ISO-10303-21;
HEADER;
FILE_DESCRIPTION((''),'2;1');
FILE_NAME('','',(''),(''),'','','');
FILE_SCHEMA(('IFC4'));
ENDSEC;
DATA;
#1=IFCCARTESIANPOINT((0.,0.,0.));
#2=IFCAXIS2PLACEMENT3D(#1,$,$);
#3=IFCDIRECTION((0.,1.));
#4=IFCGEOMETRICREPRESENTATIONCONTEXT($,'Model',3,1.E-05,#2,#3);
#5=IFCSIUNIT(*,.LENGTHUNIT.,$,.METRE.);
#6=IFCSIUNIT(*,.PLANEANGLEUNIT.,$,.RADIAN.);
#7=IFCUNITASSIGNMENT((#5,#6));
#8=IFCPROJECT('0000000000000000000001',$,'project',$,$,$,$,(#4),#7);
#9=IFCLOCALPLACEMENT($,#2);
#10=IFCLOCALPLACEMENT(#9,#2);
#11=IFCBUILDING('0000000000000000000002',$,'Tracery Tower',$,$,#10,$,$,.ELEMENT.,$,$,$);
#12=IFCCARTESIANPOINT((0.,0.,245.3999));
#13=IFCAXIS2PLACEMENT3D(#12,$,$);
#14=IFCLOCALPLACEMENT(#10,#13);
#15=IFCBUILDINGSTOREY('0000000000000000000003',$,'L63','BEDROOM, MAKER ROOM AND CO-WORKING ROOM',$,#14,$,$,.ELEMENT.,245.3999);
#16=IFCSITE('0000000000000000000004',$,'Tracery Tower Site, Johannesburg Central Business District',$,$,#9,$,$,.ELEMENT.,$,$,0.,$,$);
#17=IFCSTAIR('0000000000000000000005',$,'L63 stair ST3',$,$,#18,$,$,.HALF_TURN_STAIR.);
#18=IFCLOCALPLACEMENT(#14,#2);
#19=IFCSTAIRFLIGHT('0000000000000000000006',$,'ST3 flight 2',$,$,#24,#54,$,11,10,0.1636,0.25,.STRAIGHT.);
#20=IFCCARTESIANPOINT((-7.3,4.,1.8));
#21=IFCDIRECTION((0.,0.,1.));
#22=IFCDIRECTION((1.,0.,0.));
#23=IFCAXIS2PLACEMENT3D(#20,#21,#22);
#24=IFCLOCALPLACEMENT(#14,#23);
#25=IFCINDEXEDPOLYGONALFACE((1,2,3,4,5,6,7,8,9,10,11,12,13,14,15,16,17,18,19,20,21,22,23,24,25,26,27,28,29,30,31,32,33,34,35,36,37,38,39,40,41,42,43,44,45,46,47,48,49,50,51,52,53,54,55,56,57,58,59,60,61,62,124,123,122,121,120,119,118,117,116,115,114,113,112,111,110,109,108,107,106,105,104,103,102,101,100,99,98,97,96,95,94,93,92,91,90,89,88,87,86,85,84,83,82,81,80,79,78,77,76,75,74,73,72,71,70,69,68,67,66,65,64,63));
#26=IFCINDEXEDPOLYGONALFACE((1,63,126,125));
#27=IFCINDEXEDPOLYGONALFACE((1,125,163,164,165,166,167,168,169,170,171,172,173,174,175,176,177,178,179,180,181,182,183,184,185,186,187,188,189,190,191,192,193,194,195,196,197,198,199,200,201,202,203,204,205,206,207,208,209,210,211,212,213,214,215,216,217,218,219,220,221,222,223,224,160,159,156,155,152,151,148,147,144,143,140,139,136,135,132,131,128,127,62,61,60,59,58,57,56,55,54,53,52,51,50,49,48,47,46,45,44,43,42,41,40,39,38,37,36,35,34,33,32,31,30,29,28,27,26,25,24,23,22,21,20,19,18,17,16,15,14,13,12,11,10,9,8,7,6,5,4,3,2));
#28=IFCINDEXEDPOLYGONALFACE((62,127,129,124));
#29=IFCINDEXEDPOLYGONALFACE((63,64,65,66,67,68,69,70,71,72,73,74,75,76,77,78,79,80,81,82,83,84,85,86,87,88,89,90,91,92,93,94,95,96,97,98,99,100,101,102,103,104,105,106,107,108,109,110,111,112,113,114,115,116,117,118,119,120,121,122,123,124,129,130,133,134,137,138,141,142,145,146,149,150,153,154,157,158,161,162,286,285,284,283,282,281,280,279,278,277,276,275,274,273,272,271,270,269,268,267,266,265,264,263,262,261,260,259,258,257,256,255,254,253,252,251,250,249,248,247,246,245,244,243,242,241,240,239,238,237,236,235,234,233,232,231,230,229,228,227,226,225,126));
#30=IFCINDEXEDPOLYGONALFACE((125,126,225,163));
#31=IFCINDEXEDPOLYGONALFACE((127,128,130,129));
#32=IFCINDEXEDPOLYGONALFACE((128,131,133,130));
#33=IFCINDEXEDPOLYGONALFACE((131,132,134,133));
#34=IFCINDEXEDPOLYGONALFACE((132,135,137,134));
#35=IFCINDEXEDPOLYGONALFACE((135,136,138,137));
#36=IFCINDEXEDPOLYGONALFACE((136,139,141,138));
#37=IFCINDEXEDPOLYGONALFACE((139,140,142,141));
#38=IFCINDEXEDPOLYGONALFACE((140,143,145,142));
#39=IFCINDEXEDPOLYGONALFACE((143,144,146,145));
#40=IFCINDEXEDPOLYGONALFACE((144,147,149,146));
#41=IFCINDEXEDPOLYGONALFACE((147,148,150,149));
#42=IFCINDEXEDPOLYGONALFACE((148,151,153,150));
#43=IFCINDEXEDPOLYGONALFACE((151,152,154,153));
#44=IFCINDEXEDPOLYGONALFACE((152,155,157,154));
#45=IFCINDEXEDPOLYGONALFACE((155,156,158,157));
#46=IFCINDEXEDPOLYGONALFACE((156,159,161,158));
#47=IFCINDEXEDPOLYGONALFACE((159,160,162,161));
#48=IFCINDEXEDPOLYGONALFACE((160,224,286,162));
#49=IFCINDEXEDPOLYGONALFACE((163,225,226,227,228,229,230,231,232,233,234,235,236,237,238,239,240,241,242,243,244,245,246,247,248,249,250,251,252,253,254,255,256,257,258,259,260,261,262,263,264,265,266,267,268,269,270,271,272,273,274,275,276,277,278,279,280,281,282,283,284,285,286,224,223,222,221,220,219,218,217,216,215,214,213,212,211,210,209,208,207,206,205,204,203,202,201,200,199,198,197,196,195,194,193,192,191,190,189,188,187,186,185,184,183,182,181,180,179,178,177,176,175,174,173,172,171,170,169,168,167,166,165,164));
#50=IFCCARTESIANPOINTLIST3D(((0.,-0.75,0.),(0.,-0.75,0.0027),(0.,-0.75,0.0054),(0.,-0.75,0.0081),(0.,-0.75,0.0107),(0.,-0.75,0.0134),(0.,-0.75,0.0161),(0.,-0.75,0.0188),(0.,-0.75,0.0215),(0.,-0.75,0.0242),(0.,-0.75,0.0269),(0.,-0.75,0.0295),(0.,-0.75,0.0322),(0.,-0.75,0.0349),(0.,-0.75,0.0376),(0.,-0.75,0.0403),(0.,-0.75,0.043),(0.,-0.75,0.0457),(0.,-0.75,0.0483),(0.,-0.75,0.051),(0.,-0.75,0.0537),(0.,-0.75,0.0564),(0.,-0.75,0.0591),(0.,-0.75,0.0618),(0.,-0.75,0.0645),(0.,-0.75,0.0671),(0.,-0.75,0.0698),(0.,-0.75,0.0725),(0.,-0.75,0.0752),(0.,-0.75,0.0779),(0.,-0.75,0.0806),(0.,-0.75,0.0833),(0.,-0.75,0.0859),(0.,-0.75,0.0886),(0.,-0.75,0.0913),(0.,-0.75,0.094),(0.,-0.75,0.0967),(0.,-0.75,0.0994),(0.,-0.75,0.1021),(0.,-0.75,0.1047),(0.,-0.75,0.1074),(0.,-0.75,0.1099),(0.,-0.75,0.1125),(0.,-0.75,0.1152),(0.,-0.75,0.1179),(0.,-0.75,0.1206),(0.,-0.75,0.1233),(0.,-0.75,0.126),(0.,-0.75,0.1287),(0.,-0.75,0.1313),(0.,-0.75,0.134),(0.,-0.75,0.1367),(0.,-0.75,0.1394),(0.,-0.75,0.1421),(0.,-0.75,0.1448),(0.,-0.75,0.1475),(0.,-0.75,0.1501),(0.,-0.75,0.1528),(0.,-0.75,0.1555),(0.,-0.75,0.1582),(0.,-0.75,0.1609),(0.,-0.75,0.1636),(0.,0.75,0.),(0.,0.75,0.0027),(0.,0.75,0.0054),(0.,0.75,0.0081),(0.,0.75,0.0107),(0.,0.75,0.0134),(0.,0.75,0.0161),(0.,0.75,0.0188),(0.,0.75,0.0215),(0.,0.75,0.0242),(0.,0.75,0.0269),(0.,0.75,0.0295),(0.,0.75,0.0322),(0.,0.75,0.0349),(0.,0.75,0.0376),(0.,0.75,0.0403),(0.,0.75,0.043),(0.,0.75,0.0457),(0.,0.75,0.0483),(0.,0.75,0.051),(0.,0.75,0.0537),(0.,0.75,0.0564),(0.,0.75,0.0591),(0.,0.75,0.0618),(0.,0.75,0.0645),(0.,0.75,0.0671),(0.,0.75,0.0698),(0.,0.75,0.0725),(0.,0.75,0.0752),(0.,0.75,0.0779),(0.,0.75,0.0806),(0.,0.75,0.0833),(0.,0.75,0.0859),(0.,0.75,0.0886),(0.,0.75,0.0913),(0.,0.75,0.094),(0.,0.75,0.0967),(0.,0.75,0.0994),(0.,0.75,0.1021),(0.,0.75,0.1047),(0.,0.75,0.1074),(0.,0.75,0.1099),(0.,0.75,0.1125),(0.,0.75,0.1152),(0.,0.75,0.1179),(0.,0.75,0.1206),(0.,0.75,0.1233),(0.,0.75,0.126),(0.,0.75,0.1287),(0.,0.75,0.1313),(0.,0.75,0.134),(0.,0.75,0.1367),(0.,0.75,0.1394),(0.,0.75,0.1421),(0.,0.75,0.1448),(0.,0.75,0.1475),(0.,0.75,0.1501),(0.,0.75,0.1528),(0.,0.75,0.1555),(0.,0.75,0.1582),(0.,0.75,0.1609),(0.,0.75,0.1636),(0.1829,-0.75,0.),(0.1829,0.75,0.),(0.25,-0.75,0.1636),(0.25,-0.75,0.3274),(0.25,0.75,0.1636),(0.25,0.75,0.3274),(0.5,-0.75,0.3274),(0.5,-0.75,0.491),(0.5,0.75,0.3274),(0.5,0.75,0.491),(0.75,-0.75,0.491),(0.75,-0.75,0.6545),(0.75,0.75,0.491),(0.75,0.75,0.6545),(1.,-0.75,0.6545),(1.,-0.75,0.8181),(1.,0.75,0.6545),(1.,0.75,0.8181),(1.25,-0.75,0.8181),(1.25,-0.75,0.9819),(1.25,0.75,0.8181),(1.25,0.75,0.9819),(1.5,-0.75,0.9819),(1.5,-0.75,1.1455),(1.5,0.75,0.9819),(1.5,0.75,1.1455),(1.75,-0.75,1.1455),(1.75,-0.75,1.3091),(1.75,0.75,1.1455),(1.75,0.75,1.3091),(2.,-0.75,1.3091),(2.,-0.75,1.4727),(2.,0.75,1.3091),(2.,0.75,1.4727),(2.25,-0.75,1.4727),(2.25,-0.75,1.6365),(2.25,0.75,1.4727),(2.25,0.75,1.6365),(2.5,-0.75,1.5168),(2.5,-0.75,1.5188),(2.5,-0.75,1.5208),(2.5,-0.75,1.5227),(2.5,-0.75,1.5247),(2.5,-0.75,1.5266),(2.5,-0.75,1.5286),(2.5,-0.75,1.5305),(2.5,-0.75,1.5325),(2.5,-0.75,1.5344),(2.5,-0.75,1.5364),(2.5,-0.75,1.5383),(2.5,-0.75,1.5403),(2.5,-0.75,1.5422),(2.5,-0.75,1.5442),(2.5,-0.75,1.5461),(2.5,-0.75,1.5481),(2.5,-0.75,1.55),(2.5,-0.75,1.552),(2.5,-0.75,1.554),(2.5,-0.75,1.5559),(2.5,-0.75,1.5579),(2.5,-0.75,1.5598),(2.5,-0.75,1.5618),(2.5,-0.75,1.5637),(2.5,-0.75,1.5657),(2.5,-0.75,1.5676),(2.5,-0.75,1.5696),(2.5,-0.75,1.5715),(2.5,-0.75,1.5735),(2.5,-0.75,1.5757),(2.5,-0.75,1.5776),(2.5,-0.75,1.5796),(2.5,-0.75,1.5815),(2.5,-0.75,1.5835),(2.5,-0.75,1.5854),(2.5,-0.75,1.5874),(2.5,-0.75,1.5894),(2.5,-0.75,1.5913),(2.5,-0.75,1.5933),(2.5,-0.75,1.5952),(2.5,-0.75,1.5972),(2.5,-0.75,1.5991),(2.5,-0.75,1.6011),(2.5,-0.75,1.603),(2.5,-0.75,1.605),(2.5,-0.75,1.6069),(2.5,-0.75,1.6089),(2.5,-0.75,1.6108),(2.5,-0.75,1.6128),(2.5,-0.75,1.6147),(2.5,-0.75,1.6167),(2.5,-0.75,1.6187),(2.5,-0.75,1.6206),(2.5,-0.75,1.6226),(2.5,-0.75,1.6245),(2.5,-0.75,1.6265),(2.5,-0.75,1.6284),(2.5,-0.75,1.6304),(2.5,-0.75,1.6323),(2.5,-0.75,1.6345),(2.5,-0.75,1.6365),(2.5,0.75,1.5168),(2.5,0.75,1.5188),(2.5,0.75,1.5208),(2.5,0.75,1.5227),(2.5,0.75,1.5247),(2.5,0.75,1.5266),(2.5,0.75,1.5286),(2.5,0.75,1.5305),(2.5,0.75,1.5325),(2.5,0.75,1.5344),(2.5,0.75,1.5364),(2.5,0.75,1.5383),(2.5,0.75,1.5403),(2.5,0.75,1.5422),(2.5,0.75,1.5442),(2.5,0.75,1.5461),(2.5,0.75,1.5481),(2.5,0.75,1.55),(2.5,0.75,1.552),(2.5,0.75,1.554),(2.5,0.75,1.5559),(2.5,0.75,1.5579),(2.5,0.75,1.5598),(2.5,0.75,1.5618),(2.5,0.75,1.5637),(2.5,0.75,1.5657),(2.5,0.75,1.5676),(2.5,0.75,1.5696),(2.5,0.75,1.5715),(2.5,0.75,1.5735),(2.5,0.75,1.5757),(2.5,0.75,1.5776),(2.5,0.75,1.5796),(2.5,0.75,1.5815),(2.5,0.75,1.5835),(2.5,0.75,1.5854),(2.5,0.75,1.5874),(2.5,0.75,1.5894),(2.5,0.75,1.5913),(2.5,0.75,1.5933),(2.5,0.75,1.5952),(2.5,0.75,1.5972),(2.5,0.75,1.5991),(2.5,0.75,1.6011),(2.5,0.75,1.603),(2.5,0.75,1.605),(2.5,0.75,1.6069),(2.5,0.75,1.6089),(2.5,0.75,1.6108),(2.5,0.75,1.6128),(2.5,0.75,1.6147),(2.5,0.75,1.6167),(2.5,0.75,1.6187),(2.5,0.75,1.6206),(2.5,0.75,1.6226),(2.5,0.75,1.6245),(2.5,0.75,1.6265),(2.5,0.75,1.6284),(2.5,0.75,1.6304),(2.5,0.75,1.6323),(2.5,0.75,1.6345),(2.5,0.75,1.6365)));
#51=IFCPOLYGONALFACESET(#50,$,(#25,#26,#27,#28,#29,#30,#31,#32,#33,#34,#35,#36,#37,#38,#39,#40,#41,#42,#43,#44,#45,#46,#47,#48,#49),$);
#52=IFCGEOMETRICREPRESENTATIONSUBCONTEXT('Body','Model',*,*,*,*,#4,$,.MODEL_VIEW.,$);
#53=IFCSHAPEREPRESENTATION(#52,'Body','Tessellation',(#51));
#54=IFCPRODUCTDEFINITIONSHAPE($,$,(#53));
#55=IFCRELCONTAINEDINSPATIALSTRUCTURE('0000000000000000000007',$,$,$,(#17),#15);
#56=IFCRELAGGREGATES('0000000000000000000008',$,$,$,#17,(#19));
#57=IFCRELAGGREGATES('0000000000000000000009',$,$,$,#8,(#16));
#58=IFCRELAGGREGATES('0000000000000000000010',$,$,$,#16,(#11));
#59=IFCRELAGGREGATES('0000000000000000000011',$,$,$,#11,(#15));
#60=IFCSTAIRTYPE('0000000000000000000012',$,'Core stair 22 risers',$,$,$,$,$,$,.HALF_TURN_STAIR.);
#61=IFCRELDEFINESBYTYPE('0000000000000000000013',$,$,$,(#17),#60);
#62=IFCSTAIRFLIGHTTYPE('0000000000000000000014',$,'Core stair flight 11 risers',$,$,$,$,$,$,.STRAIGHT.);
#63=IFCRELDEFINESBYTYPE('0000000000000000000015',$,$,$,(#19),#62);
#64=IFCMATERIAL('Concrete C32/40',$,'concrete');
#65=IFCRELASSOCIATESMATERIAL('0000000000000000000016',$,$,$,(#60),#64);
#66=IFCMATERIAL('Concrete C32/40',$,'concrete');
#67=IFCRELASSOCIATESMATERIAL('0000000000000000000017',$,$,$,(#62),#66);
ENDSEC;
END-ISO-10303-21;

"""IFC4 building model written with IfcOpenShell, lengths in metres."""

from ifc_helpers import new_model, si_unit, direction, frame, origin, place, context, subcontext, project, spatial, polyline, outline, extrude, material, type_object, element, aggregate, save


model = new_model("IFC4")

# Units and contexts
model_context = context("Model", 3, precision=1e-05, world=origin(), true_north=direction((0.0, 1.0)))
body_context = subcontext(model_context, "Body", "Model", "MODEL_VIEW")
ifc_project = project(units=[si_unit("LENGTHUNIT", "METRE"), si_unit("PLANEANGLEUNIT", "RADIAN")], contexts=[model_context])

# Site, building, storey
site_placement = place(None, origin())
site = spatial("IfcSite", under=ifc_project, at=site_placement, Name="Tracery Tower Site, Johannesburg Central Business District", CompositionType="ELEMENT", RefElevation=0.0)
building_placement = place(site_placement, origin())
building = spatial("IfcBuilding", under=site, at=building_placement, Name="Tracery Tower", CompositionType="ELEMENT")
storey_placement = place(building_placement, frame((0.0, 0.0, 245.3999)))
storey = spatial("IfcBuildingStorey", under=building, at=storey_placement, Name="L63", Description="BEDROOM, MAKER ROOM AND CO-WORKING ROOM", CompositionType="ELEMENT", Elevation=245.3999)

# Stair, stair flight
ifc_material_1 = material(Name="Concrete C32/40", Category="concrete")
stair_type = type_object("IfcStairType", Name="Core stair 22 risers", PredefinedType="HALF_TURN_STAIR", material=ifc_material_1)
stair_placement = place(storey_placement, origin())
stair = element("IfcStair", 1, at=stair_placement, inside=storey, type_object=stair_type, Name="L63 stair ST3", PredefinedType="HALF_TURN_STAIR")
ifc_material_2 = material(Name="Concrete C32/40", Category="concrete")
stair_flight_type = type_object("IfcStairFlightType", Name="Core stair flight 11 risers", PredefinedType="STRAIGHT", material=ifc_material_2)
stair_flight_1_placement = place(storey_placement, frame((-7.3, 4.0, 1.8), z_axis=(0.0, 0.0, 1.0), x_axis=(1.0, 0.0, 0.0)))
stair_flight_1 = element("IfcStairFlight", 2, at=stair_flight_1_placement, type_object=stair_flight_type, Name="ST3 flight 2", NumberOfRisers=11, NumberOfTreads=10, PredefinedType="STRAIGHT", RiserHeight=0.1636, TreadLength=0.25, context=body_context, shape_type="SweptSolid", body=[
    extrude(outline(polyline([(0.0, 0.0), (0.0, 0.0027), (0.0, 0.0054), (0.0, 0.0081), (0.0, 0.0107), (0.0, 0.0134), (0.0, 0.0161), (0.0, 0.0188), (0.0, 0.0215), (0.0, 0.0242), (0.0, 0.0269), (0.0, 0.0295), (0.0, 0.0322), (0.0, 0.0349), (0.0, 0.0376), (0.0, 0.0403), (0.0, 0.043), (0.0, 0.0457), (0.0, 0.0483), (0.0, 0.051), (0.0, 0.0537), (0.0, 0.0564), (0.0, 0.0591), (0.0, 0.0618), (0.0, 0.0645), (0.0, 0.0671), (0.0, 0.0698), (0.0, 0.0725), (0.0, 0.0752), (0.0, 0.0779), (0.0, 0.0806), (0.0, 0.0833), (0.0, 0.0859), (0.0, 0.0886), (0.0, 0.0913), (0.0, 0.094), (0.0, 0.0967), (0.0, 0.0994), (0.0, 0.1021), (0.0, 0.1047), (0.0, 0.1074), (0.0, 0.1099), (0.0, 0.1125), (0.0, 0.1152), (0.0, 0.1179), (0.0, 0.1206), (0.0, 0.1233), (0.0, 0.126), (0.0, 0.1287), (0.0, 0.1313), (0.0, 0.134), (0.0, 0.1367), (0.0, 0.1394), (0.0, 0.1421), (0.0, 0.1448), (0.0, 0.1475), (0.0, 0.1501), (0.0, 0.1528), (0.0, 0.1555), (0.0, 0.1582), (0.0, 0.1609), (0.0, 0.1636), (0.25, 0.1636), (0.25, 0.3274), (0.5, 0.3274), (0.5, 0.491), (0.75, 0.491), (0.75, 0.6545), (1.0, 0.6545), (1.0, 0.8181), (1.25, 0.8181), (1.25, 0.9819), (1.5, 0.9819), (1.5, 1.1455), (1.75, 1.1455), (1.75, 1.3091), (2.0, 1.3091), (2.0, 1.4727), (2.25, 1.4727), (2.25, 1.6365), (2.5, 1.6365), (2.5, 1.6345), (2.5, 1.6323), (2.5, 1.6304), (2.5, 1.6284), (2.5, 1.6265), (2.5, 1.6245), (2.5, 1.6226), (2.5, 1.6206), (2.5, 1.6187), (2.5, 1.6167), (2.5, 1.6147), (2.5, 1.6128), (2.5, 1.6108), (2.5, 1.6089), (2.5, 1.6069), (2.5, 1.605), (2.5, 1.603), (2.5, 1.6011), (2.5, 1.5991), (2.5, 1.5972), (2.5, 1.5952), (2.5, 1.5933), (2.5, 1.5913), (2.5, 1.5894), (2.5, 1.5874), (2.5, 1.5854), (2.5, 1.5835), (2.5, 1.5815), (2.5, 1.5796), (2.5, 1.5776), (2.5, 1.5757), (2.5, 1.5735), (2.5, 1.5715), (2.5, 1.5696), (2.5, 1.5676), (2.5, 1.5657), (2.5, 1.5637), (2.5, 1.5618), (2.5, 1.5598), (2.5, 1.5579), (2.5, 1.5559), (2.5, 1.554), (2.5, 1.552), (2.5, 1.55), (2.5, 1.5481), (2.5, 1.5461), (2.5, 1.5442), (2.5, 1.5422), (2.5, 1.5403), (2.5, 1.5383), (2.5, 1.5364), (2.5, 1.5344), (2.5, 1.5325), (2.5, 1.5305), (2.5, 1.5286), (2.5, 1.5266), (2.5, 1.5247), (2.5, 1.5227), (2.5, 1.5208), (2.5, 1.5188), (2.5, 1.5168), (0.1829, 0.0), (0.0, 0.0)])), frame((0.0, 0.75, 0.0), z_axis=(0.0, -1.0, 0.0), x_axis=(1.0, 0.0, 0.0)), (0.0, 0.0, 1.0), 1.5),
])
aggregate(stair, [stair_flight_1])

save(model, "model.ifc")
